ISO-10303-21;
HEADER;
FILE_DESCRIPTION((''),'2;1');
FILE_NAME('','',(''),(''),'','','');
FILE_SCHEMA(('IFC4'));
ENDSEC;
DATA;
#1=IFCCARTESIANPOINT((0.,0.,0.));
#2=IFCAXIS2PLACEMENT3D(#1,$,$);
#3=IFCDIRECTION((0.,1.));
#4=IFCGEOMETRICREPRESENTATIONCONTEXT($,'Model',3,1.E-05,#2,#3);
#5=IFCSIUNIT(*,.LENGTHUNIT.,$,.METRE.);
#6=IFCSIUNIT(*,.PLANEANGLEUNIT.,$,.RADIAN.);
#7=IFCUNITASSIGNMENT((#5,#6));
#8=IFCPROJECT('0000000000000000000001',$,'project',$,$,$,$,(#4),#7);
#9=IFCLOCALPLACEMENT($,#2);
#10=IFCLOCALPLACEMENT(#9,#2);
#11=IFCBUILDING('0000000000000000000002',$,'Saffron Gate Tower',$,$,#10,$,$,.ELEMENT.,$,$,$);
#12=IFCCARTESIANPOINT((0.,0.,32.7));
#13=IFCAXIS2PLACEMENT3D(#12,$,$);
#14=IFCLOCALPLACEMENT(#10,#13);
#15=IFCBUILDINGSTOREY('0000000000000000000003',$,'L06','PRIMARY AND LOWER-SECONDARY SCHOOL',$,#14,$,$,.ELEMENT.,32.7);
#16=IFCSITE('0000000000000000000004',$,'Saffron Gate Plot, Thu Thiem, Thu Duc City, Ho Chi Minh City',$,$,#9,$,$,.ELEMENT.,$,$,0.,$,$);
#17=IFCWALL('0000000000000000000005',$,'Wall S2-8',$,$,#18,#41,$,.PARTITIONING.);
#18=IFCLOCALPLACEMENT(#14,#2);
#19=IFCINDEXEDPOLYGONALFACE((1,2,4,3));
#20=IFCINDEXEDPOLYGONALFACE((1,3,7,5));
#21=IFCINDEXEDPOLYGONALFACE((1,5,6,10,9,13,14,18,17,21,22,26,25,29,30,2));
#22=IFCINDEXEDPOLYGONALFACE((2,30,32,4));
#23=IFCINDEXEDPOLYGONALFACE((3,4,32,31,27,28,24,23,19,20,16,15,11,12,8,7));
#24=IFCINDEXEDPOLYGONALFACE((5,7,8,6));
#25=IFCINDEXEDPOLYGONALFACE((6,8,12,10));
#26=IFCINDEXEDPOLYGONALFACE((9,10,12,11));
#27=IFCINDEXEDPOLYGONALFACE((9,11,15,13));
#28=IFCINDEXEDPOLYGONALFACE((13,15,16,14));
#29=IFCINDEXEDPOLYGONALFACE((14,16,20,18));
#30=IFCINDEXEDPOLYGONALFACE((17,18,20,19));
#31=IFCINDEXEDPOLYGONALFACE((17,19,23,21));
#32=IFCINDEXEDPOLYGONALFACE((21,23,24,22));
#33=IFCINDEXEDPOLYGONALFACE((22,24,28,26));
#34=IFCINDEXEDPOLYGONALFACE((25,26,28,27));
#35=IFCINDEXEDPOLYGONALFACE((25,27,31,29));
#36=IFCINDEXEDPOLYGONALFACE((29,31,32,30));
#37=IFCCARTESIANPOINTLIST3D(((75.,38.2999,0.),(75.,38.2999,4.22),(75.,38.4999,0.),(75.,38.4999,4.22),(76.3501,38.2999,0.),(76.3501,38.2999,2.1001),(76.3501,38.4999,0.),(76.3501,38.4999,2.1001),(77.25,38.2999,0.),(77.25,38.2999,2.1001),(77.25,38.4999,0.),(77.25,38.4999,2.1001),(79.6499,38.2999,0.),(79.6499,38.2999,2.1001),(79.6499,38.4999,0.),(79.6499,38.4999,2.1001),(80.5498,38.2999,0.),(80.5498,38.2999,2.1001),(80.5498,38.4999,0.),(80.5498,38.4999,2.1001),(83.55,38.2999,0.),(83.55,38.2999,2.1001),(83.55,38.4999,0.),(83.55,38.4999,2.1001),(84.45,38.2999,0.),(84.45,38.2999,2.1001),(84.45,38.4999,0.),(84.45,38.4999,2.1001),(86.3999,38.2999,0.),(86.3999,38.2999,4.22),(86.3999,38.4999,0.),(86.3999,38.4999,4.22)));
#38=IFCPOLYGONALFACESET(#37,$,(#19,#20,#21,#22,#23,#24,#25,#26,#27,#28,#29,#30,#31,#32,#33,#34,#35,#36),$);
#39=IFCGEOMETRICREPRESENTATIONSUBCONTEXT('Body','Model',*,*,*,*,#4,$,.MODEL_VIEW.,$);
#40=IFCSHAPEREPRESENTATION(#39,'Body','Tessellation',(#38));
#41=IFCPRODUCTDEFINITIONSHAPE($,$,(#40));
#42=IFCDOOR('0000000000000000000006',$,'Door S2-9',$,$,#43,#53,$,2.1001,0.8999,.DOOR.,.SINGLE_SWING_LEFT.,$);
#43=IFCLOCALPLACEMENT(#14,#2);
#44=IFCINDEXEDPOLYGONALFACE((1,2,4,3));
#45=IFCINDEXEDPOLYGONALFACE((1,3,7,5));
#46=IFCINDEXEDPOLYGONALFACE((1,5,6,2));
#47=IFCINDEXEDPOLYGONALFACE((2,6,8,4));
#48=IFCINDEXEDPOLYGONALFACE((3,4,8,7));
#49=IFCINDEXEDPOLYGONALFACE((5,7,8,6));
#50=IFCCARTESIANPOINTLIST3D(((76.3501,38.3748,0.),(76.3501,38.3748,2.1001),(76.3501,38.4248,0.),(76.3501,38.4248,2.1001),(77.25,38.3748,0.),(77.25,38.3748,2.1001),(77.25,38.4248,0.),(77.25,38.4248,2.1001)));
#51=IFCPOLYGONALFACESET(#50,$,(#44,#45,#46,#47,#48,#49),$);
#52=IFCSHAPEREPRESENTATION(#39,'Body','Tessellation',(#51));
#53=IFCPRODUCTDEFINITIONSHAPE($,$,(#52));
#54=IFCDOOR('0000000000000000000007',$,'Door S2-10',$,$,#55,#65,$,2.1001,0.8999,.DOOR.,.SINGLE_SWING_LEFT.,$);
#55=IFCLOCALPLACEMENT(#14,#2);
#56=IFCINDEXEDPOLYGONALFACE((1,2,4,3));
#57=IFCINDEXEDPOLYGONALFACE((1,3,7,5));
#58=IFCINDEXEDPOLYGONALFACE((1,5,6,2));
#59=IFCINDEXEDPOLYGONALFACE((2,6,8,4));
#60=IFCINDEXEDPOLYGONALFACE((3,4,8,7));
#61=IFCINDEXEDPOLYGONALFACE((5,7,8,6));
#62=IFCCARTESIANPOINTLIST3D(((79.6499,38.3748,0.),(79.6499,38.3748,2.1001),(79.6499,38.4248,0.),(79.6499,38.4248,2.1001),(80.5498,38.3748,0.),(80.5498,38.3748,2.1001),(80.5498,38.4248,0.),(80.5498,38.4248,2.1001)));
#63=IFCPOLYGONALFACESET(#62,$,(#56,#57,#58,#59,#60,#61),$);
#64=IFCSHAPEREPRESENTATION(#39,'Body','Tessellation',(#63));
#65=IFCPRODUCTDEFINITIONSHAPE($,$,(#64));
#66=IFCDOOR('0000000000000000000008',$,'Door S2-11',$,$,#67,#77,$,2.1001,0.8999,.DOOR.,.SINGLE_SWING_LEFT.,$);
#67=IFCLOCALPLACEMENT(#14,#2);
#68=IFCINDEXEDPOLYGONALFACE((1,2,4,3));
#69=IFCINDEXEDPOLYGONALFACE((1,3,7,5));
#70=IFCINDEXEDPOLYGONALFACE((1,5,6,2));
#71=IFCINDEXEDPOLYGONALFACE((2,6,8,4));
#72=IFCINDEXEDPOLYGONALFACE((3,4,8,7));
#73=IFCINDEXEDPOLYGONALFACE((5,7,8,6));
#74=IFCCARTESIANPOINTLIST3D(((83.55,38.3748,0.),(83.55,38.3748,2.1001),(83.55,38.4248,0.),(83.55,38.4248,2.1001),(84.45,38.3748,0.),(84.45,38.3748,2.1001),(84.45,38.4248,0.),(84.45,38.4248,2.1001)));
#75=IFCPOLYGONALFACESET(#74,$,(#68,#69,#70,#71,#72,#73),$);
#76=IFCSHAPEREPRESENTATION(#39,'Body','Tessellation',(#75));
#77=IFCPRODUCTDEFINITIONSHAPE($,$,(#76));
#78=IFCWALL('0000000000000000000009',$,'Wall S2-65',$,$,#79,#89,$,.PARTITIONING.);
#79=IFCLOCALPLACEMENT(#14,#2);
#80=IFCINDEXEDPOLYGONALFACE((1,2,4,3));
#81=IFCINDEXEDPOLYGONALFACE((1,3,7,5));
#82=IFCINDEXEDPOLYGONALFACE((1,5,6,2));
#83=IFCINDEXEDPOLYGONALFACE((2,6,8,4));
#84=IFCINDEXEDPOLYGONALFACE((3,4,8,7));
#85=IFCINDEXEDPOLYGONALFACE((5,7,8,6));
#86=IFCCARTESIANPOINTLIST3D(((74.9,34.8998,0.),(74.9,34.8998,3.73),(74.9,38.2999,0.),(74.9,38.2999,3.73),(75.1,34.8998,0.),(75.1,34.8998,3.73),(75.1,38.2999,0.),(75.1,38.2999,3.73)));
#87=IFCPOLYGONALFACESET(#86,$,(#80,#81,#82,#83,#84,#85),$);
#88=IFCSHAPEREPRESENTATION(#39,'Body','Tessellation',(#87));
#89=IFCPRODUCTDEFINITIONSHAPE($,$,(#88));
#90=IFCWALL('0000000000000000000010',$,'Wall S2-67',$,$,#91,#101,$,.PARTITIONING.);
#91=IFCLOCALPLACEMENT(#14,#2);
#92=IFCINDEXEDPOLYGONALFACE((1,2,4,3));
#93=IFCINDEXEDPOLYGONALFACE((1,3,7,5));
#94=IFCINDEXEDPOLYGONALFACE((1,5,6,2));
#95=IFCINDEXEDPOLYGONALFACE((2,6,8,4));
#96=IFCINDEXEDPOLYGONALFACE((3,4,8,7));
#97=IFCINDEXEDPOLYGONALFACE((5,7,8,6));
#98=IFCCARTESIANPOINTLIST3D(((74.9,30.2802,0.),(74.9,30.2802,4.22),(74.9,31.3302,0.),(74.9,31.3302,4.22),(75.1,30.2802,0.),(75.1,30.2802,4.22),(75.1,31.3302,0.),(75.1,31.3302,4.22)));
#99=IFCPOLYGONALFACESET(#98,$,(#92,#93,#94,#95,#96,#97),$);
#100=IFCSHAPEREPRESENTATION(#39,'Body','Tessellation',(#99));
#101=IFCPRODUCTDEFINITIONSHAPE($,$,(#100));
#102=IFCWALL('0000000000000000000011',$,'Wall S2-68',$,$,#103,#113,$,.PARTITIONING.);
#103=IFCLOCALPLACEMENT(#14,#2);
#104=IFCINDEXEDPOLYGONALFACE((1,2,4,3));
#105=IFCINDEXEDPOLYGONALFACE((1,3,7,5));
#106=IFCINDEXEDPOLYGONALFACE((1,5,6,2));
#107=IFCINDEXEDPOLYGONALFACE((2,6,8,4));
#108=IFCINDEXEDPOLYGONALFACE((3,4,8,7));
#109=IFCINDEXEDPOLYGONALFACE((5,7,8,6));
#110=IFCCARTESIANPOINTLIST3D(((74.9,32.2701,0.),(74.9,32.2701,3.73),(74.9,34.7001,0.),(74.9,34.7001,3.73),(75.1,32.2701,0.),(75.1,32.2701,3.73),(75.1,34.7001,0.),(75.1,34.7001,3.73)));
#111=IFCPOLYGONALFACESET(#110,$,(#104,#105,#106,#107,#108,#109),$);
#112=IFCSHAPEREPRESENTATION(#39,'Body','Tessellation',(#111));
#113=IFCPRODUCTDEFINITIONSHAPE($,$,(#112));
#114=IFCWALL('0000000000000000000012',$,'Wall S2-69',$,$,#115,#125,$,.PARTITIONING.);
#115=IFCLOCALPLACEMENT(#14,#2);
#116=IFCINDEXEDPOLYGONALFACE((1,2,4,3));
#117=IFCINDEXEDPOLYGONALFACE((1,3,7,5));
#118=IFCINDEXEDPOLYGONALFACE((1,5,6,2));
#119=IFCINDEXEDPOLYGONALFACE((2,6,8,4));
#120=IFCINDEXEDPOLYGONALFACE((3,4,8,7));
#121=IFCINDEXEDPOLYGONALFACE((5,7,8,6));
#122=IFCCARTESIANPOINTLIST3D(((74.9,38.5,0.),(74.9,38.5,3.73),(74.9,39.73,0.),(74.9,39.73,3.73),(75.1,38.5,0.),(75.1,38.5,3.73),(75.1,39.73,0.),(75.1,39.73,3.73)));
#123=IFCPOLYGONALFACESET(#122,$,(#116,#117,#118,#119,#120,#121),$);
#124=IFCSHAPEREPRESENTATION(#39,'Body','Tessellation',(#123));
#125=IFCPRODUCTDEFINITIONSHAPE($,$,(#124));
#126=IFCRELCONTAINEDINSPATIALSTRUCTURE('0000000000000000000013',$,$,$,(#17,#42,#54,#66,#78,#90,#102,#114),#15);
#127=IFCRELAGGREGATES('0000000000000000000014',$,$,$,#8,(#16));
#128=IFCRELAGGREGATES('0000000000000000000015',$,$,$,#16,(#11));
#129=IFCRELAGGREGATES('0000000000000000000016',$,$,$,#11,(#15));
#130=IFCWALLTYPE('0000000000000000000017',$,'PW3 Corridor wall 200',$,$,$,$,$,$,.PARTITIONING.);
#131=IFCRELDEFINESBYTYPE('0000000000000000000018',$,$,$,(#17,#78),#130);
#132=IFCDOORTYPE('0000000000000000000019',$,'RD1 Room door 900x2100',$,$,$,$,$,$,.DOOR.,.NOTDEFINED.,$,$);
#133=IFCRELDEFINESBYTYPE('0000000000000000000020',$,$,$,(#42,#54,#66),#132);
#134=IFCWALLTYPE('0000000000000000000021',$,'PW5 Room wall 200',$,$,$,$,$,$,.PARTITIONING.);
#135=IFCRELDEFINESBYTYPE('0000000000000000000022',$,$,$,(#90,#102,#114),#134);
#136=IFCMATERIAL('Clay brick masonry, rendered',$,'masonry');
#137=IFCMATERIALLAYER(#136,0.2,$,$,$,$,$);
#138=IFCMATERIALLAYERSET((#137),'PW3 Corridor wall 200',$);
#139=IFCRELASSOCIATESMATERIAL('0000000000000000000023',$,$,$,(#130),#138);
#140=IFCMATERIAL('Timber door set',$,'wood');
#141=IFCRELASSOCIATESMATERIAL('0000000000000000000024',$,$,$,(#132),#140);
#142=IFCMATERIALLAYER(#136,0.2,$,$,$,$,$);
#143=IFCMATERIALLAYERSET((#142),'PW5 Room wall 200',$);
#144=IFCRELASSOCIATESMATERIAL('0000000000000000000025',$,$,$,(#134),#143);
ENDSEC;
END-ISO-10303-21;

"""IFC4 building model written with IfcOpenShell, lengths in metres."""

from ifc_helpers import new_model, si_unit, direction, frame, frame_2d, origin, place, context, subcontext, project, spatial, rectangle, extrude, material, layer, layer_set, type_object, element, fill, save


model = new_model("IFC4")

# Units and contexts
model_context = context("Model", 3, precision=1e-05, world=origin(), true_north=direction((0.0, 1.0)))
body_context = subcontext(model_context, "Body", "Model", "MODEL_VIEW")
ifc_project = project(units=[si_unit("LENGTHUNIT", "METRE"), si_unit("PLANEANGLEUNIT", "RADIAN")], contexts=[model_context])

# Site, building, storey
site_placement = place(None, origin())
site = spatial("IfcSite", under=ifc_project, at=site_placement, Name="Saffron Gate Plot, Thu Thiem, Thu Duc City, Ho Chi Minh City", CompositionType="ELEMENT", RefElevation=0.0)
building_placement = place(site_placement, origin())
building = spatial("IfcBuilding", under=site, at=building_placement, Name="Saffron Gate Tower", CompositionType="ELEMENT")
storey_placement = place(building_placement, frame((0.0, 0.0, 32.7)))
storey = spatial("IfcBuildingStorey", under=building, at=storey_placement, Name="L06", Description="PRIMARY AND LOWER-SECONDARY SCHOOL", CompositionType="ELEMENT", Elevation=32.7)

# Shared definitions
ifc_material_1 = material(Name="Clay brick masonry, rendered", Category="masonry")
ifc_layer_1 = layer(ifc_material_1, 0.2)
ifc_layer_set_1 = layer_set([ifc_layer_1], Name="PW3 Corridor wall 200")
wall_type_1 = type_object("IfcWallType", Name="PW3 Corridor wall 200", PredefinedType="PARTITIONING", material=ifc_layer_set_1)
ifc_material_2 = material(Name="Timber door set", Category="wood")

# Wall, openings, doors
wall_1_placement = place(storey_placement, frame((75.0, 38.3999, 0.0), z_axis=(0.0, 0.0, 1.0), x_axis=(1.0, 0.0, 0.0)))
wall_1 = element("IfcWall", 1, at=wall_1_placement, inside=storey, type_object=wall_type_1, Name="Wall S2-8", PredefinedType="PARTITIONING", context=body_context, shape_type="SweptSolid", body=[
    extrude(rectangle(XDim=11.3999, YDim=0.2, at=frame_2d((5.7, 0.0))), origin(), (0.0, 0.0, 1.0), 4.22),
])
opening_1_placement = place(wall_1_placement, frame((1.3501, 0.0, 0.0)))
opening_1 = element("IfcOpeningElement", 2, at=opening_1_placement, cuts=wall_1, PredefinedType="OPENING", context=body_context, shape_type="SweptSolid", body=[
    extrude(rectangle(XDim=0.8999, YDim=2.1001, at=frame_2d((0.45, 1.05))), frame((0.0, 0.1099, 0.0), z_axis=(0.0, -1.0, 0.0), x_axis=(1.0, 0.0, 0.0)), (0.0, 0.0, 1.0), 0.22),
])
opening_2_placement = place(wall_1_placement, frame((4.6499, 0.0, 0.0)))
opening_2 = element("IfcOpeningElement", 3, at=opening_2_placement, cuts=wall_1, PredefinedType="OPENING", context=body_context, shape_type="SweptSolid", body=[
    extrude(rectangle(XDim=0.8999, YDim=2.1001, at=frame_2d((0.45, 1.05))), frame((0.0, 0.1099, 0.0), z_axis=(0.0, -1.0, 0.0), x_axis=(1.0, 0.0, 0.0)), (0.0, 0.0, 1.0), 0.22),
])
opening_3_placement = place(wall_1_placement, frame((8.55, 0.0, 0.0)))
opening_3 = element("IfcOpeningElement", 4, at=opening_3_placement, cuts=wall_1, PredefinedType="OPENING", context=body_context, shape_type="SweptSolid", body=[
    extrude(rectangle(XDim=0.8999, YDim=2.1001, at=frame_2d((0.45, 1.05))), frame((0.0, 0.1099, 0.0), z_axis=(0.0, -1.0, 0.0), x_axis=(1.0, 0.0, 0.0)), (0.0, 0.0, 1.0), 0.22),
])
door_type_1 = type_object("IfcDoorType", Name="RD1 Room door 900x2100", OperationType="NOTDEFINED", PredefinedType="DOOR", material=ifc_material_2)
door_1_placement = place(opening_1_placement, origin())
door_1 = element("IfcDoor", 5, at=door_1_placement, inside=storey, type_object=door_type_1, Name="Door S2-9", OperationType="SINGLE_SWING_LEFT", OverallHeight=2.1001, OverallWidth=0.8999, PredefinedType="DOOR", context=body_context, shape_type="SweptSolid", body=[
    extrude(rectangle(XDim=0.8999, YDim=2.1001, at=frame_2d((0.45, 1.05))), frame((0.0, 0.0249, 0.0), z_axis=(0.0, -1.0, 0.0), x_axis=(1.0, 0.0, 0.0)), (0.0, 0.0, 1.0), 0.05),
])
fill(opening_1, door_1)
door_2_placement = place(opening_2_placement, origin())
door_2 = element("IfcDoor", 6, at=door_2_placement, inside=storey, type_object=door_type_1, Name="Door S2-10", OperationType="SINGLE_SWING_LEFT", OverallHeight=2.1001, OverallWidth=0.8999, PredefinedType="DOOR", context=body_context, shape_type="SweptSolid", body=[
    extrude(rectangle(XDim=0.8999, YDim=2.1001, at=frame_2d((0.45, 1.05))), frame((0.0, 0.0249, 0.0), z_axis=(0.0, -1.0, 0.0), x_axis=(1.0, 0.0, 0.0)), (0.0, 0.0, 1.0), 0.05),
])
fill(opening_2, door_2)
door_3_placement = place(opening_3_placement, origin())
door_3 = element("IfcDoor", 7, at=door_3_placement, inside=storey, type_object=door_type_1, Name="Door S2-11", OperationType="SINGLE_SWING_LEFT", OverallHeight=2.1001, OverallWidth=0.8999, PredefinedType="DOOR", context=body_context, shape_type="SweptSolid", body=[
    extrude(rectangle(XDim=0.8999, YDim=2.1001, at=frame_2d((0.45, 1.05))), frame((0.0, 0.0249, 0.0), z_axis=(0.0, -1.0, 0.0), x_axis=(1.0, 0.0, 0.0)), (0.0, 0.0, 1.0), 0.05),
])
fill(opening_3, door_3)

# Walls
wall_2_placement = place(storey_placement, frame((75.0, 38.3, 0.0), z_axis=(0.0, 0.0, 1.0), x_axis=(0.0, -1.0, 0.0)))
element("IfcWall", 8, at=wall_2_placement, inside=storey, type_object=wall_type_1, Name="Wall S2-65", PredefinedType="PARTITIONING", context=body_context, shape_type="SweptSolid", body=[
    extrude(rectangle(XDim=3.4001, YDim=0.2, at=frame_2d((1.7002, 0.0))), origin(), (0.0, 0.0, 1.0), 3.73),
])
ifc_layer_2 = layer(ifc_material_1, 0.2)
ifc_layer_set_2 = layer_set([ifc_layer_2], Name="PW5 Room wall 200")
wall_type_2 = type_object("IfcWallType", Name="PW5 Room wall 200", PredefinedType="PARTITIONING", material=ifc_layer_set_2)
wall_3_placement = place(storey_placement, frame((75.0, 31.3301, 0.0), z_axis=(0.0, 0.0, 1.0), x_axis=(0.0, -1.0, 0.0)))
element("IfcWall", 9, at=wall_3_placement, inside=storey, type_object=wall_type_2, Name="Wall S2-67", PredefinedType="PARTITIONING", context=body_context, shape_type="SweptSolid", body=[
    extrude(rectangle(XDim=1.05, YDim=0.2, at=frame_2d((0.5249, 0.0))), origin(), (0.0, 0.0, 1.0), 4.22),
])
wall_4_placement = place(storey_placement, frame((75.0, 34.7, 0.0), z_axis=(0.0, 0.0, 1.0), x_axis=(0.0, -1.0, 0.0)))
element("IfcWall", 10, at=wall_4_placement, inside=storey, type_object=wall_type_2, Name="Wall S2-68", PredefinedType="PARTITIONING", context=body_context, shape_type="SweptSolid", body=[
    extrude(rectangle(XDim=2.4299, YDim=0.2, at=frame_2d((1.2148, 0.0))), origin(), (0.0, 0.0, 1.0), 3.73),
])
wall_5_placement = place(storey_placement, frame((75.0, 39.73, 0.0), z_axis=(0.0, 0.0, 1.0), x_axis=(0.0, -1.0, 0.0)))
element("IfcWall", 11, at=wall_5_placement, inside=storey, type_object=wall_type_2, Name="Wall S2-69", PredefinedType="PARTITIONING", context=body_context, shape_type="SweptSolid", body=[
    extrude(rectangle(XDim=1.23, YDim=0.2, at=frame_2d((0.615, 0.0))), origin(), (0.0, 0.0, 1.0), 3.73),
])

save(model, "model.ifc")
